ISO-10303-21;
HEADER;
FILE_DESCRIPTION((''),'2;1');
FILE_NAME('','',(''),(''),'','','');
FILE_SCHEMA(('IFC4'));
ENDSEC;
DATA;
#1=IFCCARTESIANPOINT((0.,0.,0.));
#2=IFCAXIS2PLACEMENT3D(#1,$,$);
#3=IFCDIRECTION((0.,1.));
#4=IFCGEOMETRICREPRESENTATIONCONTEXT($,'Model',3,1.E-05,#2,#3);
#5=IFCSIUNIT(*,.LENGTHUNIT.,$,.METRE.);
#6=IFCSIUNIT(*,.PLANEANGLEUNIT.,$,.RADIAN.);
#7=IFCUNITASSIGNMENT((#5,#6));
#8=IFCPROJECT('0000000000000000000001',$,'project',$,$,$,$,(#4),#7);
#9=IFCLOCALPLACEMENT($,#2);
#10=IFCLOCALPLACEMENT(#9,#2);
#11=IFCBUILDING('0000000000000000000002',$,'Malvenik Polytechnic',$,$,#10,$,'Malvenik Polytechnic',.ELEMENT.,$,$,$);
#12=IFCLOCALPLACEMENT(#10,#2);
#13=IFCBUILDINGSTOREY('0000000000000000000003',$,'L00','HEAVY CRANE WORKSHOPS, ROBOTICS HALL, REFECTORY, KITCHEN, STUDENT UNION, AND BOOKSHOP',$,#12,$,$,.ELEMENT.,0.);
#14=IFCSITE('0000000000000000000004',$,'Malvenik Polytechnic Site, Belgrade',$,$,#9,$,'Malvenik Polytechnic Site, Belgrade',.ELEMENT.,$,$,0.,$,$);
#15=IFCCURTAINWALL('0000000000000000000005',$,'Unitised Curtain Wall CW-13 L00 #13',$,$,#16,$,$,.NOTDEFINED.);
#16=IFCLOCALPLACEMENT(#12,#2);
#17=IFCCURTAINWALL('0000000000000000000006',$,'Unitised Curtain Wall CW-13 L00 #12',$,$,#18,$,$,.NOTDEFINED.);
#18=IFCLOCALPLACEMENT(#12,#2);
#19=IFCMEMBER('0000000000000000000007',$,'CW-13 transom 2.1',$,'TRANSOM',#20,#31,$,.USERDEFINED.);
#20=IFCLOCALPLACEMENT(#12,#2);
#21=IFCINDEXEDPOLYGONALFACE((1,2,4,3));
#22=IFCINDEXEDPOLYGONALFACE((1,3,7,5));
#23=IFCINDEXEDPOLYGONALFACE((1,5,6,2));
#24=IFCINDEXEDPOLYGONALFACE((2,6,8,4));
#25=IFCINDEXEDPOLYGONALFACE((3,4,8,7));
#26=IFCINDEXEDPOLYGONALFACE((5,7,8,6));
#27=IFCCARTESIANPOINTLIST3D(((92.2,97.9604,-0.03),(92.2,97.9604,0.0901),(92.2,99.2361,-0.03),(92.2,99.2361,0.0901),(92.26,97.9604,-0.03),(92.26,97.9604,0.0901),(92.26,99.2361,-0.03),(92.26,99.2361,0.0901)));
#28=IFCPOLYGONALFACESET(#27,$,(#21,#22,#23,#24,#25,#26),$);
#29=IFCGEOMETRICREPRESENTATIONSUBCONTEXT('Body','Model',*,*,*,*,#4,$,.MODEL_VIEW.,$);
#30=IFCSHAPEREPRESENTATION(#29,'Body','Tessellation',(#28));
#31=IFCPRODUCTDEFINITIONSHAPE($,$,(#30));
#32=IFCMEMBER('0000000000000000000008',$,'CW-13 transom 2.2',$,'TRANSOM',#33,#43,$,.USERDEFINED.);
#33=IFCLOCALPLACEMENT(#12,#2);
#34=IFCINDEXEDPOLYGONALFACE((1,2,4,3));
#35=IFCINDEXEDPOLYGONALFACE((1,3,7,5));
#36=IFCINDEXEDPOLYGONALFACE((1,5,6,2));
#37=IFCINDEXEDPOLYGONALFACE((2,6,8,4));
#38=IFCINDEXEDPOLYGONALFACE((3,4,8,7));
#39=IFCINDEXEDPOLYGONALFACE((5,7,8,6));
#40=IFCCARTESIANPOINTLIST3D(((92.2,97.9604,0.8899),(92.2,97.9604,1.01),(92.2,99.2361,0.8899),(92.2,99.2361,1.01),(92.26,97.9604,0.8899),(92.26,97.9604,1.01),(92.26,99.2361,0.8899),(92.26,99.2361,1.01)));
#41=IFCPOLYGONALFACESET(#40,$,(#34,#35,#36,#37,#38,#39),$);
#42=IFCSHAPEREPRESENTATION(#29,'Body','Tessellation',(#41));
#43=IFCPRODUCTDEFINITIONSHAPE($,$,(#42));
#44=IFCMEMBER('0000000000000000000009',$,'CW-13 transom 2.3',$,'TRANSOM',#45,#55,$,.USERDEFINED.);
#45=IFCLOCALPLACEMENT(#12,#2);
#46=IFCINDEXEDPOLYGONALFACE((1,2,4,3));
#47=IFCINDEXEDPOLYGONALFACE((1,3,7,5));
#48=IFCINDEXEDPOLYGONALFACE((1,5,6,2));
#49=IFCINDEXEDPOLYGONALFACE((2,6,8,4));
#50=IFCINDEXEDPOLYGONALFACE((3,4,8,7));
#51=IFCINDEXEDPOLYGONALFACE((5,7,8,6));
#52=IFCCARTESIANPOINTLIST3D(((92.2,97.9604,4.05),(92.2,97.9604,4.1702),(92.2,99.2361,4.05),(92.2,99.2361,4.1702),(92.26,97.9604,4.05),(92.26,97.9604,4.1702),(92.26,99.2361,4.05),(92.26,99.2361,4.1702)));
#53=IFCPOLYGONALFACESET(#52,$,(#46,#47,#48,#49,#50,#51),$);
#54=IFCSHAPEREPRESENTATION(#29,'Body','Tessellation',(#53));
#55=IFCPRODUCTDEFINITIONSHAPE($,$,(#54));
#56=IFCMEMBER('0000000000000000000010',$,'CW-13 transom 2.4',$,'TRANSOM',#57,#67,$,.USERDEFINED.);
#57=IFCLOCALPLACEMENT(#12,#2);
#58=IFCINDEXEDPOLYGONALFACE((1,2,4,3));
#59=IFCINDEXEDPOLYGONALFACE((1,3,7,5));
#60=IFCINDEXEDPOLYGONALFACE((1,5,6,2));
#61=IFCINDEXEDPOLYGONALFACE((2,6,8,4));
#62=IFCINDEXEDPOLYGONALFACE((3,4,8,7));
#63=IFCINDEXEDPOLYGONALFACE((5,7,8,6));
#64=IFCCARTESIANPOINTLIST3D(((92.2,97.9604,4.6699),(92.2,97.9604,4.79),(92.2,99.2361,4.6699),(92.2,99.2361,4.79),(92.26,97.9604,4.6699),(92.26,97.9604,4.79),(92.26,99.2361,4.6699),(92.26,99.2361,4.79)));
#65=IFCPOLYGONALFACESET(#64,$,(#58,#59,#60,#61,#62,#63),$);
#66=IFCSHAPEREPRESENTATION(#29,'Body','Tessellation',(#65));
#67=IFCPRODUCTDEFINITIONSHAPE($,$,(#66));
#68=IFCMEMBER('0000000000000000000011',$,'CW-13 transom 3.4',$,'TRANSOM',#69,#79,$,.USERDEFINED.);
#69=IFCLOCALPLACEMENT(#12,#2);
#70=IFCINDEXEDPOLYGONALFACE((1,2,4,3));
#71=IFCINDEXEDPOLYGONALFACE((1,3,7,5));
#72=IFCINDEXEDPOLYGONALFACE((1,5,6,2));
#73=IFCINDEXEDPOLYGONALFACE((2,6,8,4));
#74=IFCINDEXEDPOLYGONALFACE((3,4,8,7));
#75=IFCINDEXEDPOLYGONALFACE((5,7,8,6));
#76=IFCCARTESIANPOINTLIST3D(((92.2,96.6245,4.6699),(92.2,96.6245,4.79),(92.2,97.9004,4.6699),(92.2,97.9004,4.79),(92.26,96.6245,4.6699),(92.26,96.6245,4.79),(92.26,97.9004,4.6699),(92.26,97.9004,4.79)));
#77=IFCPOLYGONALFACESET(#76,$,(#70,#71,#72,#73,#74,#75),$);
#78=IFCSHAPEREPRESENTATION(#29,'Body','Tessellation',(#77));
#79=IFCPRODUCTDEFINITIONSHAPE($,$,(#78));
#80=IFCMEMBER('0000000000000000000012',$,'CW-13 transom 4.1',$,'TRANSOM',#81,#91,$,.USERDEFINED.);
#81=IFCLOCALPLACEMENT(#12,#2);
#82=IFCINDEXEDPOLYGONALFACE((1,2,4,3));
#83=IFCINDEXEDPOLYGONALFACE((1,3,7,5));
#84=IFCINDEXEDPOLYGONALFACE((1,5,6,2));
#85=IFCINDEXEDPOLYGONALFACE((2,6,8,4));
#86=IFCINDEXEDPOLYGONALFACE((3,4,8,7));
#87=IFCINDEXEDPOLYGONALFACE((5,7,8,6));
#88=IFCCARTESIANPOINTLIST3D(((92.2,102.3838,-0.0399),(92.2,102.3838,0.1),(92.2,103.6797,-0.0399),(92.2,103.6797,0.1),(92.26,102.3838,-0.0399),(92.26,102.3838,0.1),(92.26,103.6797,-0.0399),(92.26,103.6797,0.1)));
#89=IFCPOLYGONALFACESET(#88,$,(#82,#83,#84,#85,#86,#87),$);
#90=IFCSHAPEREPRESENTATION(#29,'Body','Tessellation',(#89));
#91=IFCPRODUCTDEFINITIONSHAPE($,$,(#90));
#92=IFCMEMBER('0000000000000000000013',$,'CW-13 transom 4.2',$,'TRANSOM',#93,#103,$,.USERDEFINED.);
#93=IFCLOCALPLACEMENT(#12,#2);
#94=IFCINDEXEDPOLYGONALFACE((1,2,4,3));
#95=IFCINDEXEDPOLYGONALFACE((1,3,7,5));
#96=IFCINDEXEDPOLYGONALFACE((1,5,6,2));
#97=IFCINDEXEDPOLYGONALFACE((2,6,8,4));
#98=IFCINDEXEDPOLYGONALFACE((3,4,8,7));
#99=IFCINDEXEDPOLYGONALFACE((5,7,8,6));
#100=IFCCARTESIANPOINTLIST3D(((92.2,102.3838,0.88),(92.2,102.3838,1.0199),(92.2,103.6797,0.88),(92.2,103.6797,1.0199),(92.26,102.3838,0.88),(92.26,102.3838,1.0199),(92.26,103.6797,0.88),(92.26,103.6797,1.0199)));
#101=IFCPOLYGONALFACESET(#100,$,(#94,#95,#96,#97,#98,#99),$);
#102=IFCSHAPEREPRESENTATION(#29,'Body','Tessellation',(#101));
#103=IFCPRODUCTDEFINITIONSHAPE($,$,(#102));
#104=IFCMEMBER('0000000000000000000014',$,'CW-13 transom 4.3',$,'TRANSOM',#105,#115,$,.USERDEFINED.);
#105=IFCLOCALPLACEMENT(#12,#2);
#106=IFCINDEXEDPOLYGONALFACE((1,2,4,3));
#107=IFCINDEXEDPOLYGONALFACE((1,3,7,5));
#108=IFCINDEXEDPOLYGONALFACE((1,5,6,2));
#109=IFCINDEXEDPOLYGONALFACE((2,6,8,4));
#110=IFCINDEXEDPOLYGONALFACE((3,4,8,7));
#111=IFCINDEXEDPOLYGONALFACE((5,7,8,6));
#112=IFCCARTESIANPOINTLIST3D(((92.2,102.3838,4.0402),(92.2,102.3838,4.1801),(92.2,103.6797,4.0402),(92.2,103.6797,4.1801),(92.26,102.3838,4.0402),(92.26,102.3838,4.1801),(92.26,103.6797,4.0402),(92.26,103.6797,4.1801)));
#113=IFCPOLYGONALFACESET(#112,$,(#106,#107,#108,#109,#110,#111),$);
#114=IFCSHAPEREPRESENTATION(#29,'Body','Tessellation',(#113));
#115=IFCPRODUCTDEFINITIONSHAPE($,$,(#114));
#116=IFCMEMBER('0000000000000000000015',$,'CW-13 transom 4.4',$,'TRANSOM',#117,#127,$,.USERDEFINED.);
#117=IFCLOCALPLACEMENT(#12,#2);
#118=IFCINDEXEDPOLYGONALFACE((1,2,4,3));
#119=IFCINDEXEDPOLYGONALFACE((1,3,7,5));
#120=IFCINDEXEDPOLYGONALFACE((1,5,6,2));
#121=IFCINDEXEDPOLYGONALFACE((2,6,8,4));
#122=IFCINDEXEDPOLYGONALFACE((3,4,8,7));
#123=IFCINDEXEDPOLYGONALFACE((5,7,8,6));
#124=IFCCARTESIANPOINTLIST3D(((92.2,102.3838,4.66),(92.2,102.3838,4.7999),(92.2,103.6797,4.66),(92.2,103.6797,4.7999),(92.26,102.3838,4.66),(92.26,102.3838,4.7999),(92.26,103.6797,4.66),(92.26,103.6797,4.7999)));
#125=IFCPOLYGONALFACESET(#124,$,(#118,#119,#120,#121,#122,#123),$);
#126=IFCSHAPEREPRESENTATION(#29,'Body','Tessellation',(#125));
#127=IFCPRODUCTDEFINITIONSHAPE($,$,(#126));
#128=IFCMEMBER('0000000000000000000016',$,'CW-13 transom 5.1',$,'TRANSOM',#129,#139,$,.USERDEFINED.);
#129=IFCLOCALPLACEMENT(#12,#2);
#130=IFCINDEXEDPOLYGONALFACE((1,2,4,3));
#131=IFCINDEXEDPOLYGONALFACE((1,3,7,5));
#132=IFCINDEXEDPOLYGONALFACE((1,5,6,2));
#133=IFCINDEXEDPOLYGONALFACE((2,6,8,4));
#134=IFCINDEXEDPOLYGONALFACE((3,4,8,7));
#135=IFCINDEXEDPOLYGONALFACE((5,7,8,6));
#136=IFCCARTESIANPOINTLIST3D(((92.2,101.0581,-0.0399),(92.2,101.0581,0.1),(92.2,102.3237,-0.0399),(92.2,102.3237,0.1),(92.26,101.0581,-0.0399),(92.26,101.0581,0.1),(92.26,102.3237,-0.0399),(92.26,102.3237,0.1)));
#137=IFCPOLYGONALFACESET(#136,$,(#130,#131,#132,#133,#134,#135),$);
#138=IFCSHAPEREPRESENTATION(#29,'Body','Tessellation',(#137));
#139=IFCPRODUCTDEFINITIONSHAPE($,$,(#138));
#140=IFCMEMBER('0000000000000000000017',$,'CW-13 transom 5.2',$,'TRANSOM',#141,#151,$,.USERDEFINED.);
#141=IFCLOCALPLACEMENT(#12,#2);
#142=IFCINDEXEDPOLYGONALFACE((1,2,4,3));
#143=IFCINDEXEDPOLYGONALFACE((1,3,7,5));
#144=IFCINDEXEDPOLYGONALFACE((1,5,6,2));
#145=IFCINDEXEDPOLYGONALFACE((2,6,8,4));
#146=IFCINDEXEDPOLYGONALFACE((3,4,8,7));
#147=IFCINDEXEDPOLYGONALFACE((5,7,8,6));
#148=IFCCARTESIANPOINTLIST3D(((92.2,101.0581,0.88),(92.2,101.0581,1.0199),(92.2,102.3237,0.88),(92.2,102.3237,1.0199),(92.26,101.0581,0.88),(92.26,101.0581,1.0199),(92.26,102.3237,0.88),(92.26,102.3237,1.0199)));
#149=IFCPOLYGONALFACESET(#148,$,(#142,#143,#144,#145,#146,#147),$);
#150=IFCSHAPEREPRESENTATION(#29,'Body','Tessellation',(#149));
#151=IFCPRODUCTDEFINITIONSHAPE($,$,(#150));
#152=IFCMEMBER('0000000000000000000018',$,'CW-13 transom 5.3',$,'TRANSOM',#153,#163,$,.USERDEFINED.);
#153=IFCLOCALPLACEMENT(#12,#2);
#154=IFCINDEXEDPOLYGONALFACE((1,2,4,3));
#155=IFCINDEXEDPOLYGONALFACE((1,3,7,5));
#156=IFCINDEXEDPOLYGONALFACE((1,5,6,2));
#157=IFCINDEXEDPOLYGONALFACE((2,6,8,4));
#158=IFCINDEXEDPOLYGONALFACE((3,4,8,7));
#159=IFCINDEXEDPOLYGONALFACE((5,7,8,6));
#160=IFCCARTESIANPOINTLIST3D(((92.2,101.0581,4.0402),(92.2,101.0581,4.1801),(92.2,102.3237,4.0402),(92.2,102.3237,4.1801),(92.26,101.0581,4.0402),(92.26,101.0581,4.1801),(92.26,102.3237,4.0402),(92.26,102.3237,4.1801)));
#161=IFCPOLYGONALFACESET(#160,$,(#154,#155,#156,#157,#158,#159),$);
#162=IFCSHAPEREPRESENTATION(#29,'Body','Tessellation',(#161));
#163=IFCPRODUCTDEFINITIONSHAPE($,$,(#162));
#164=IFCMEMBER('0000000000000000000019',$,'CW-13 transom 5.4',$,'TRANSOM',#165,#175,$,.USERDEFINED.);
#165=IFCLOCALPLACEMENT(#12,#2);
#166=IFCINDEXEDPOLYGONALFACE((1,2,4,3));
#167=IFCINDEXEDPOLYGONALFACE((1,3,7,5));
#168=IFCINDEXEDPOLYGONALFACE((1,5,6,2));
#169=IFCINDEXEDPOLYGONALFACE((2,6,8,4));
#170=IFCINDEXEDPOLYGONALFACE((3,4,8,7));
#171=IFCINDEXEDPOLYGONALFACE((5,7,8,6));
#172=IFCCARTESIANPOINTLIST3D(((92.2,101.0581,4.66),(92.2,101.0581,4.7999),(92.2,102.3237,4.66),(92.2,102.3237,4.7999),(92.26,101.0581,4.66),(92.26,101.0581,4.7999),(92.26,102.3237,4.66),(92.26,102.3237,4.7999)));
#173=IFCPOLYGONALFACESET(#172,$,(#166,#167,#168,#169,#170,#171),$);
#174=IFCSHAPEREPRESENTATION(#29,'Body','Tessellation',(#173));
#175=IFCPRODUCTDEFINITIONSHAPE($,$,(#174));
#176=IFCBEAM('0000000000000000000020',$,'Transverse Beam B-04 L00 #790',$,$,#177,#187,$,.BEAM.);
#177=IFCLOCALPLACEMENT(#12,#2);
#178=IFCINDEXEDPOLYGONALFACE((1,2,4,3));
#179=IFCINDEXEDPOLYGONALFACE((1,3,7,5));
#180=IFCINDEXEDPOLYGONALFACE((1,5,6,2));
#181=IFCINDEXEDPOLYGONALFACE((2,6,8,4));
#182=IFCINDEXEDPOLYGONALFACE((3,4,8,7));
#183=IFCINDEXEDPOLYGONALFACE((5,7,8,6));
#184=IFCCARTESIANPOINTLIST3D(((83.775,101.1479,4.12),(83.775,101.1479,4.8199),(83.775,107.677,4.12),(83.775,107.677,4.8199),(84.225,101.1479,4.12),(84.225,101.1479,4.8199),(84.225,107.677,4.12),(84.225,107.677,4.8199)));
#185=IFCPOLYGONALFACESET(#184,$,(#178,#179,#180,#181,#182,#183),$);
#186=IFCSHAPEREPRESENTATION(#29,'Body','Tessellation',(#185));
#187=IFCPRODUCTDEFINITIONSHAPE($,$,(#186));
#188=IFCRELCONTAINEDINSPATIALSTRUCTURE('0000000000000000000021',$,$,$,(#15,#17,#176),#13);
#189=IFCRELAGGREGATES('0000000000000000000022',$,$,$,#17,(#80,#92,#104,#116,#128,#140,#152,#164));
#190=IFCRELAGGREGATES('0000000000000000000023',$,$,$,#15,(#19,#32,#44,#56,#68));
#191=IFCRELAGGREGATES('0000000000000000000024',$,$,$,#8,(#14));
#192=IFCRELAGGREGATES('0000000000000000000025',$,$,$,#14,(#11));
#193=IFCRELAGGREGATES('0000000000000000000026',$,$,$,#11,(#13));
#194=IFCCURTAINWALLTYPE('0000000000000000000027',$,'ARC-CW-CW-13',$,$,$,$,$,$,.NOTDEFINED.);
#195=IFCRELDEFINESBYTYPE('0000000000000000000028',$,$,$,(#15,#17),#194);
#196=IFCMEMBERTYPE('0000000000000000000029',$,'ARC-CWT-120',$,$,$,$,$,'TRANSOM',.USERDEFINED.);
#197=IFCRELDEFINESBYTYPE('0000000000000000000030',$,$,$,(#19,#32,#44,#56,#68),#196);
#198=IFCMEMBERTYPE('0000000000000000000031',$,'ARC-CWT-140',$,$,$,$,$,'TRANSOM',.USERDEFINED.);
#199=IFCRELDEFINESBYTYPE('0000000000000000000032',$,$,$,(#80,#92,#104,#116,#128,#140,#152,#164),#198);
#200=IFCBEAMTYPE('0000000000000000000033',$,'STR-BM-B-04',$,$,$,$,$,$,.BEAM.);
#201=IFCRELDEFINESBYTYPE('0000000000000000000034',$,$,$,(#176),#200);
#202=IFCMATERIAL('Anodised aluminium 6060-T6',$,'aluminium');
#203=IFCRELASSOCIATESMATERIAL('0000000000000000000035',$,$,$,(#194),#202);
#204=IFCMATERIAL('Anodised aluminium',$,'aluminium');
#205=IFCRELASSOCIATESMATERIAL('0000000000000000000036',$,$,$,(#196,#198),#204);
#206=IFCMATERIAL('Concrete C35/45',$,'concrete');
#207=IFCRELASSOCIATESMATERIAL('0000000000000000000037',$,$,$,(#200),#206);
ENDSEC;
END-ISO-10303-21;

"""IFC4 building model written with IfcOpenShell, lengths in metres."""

from ifc_helpers import new_model, si_unit, direction, frame, origin, origin_2d, place, context, subcontext, project, spatial, rectangle, extrude, material, material_profile, profile_set, type_object, element, aggregate, save


model = new_model("IFC4")

# Units and contexts
model_context = context("Model", 3, precision=1e-05, world=origin(), true_north=direction((0.0, 1.0)))
body_context = subcontext(model_context, "Body", "Model", "MODEL_VIEW")
ifc_project = project(units=[si_unit("LENGTHUNIT", "METRE"), si_unit("PLANEANGLEUNIT", "RADIAN")], contexts=[model_context])

# Site, building, storey
site_placement = place(None, origin())
site = spatial("IfcSite", under=ifc_project, at=site_placement, Name="Malvenik Polytechnic Site, Belgrade", LongName="Malvenik Polytechnic Site, Belgrade", CompositionType="ELEMENT", RefElevation=0.0)
building_placement = place(site_placement, origin())
building = spatial("IfcBuilding", under=site, at=building_placement, Name="Malvenik Polytechnic", LongName="Malvenik Polytechnic", CompositionType="ELEMENT")
storey_placement = place(building_placement, origin())
storey = spatial("IfcBuildingStorey", under=building, at=storey_placement, Name="L00", Description="HEAVY CRANE WORKSHOPS, ROBOTICS HALL, REFECTORY, KITCHEN, STUDENT UNION, AND BOOKSHOP", CompositionType="ELEMENT", Elevation=0.0)

# Curtain walls
ifc_material_1 = material(Name="Anodised aluminium 6060-T6", Category="aluminium")
curtain_wall_type = type_object("IfcCurtainWallType", Name="ARC-CW-CW-13", PredefinedType="NOTDEFINED", material=ifc_material_1)
curtain_wall_1_placement = place(storey_placement, origin())
curtain_wall_1 = element("IfcCurtainWall", 1, at=curtain_wall_1_placement, inside=storey, type_object=curtain_wall_type, Name="Unitised Curtain Wall CW-13 L00 #13", PredefinedType="NOTDEFINED")
ifc_material_2 = material(Name="Anodised aluminium", Category="aluminium")
curtain_wall_2_placement = place(storey_placement, origin())
curtain_wall_2 = element("IfcCurtainWall", 2, at=curtain_wall_2_placement, inside=storey, type_object=curtain_wall_type, Name="Unitised Curtain Wall CW-13 L00 #12", PredefinedType="NOTDEFINED")

# Members
ifc_material_profile_1 = material_profile(ifc_material_2, rectangle(XDim=0.0601, YDim=0.1201, at=origin_2d()), Name="ALU TRANSOM 60x120")
ifc_profile_set_1 = profile_set([ifc_material_profile_1], Name="Anodised aluminium")
member_type_1 = type_object("IfcMemberType", Name="ARC-CWT-120", ElementType="TRANSOM", PredefinedType="USERDEFINED", material=ifc_profile_set_1)
member_1_placement = place(storey_placement, frame((92.23, 99.2361, 0.03), z_axis=(0.0, -1.0, 0.0), x_axis=(1.0, 0.0, 0.0)))
member_1 = element("IfcMember", 3, at=member_1_placement, type_object=member_type_1, Name="CW-13 transom 2.1", ObjectType="TRANSOM", PredefinedType="USERDEFINED", context=body_context, shape_type="SweptSolid", body=[
    extrude(rectangle(XDim=0.0601, YDim=0.1201, at=origin_2d()), origin(), (0.0, 0.0, 1.0), 1.2756),
])
member_2_placement = place(storey_placement, frame((92.23, 99.2361, 0.95), z_axis=(0.0, -1.0, 0.0), x_axis=(1.0, 0.0, 0.0)))
member_2 = element("IfcMember", 4, at=member_2_placement, type_object=member_type_1, Name="CW-13 transom 2.2", ObjectType="TRANSOM", PredefinedType="USERDEFINED", context=body_context, shape_type="SweptSolid", body=[
    extrude(rectangle(XDim=0.0601, YDim=0.1201, at=origin_2d()), origin(), (0.0, 0.0, 1.0), 1.2756),
])
member_3_placement = place(storey_placement, frame((92.23, 99.2361, 4.1101), z_axis=(0.0, -1.0, 0.0), x_axis=(1.0, 0.0, 0.0)))
member_3 = element("IfcMember", 5, at=member_3_placement, type_object=member_type_1, Name="CW-13 transom 2.3", ObjectType="TRANSOM", PredefinedType="USERDEFINED", context=body_context, shape_type="SweptSolid", body=[
    extrude(rectangle(XDim=0.0601, YDim=0.1201, at=origin_2d()), origin(), (0.0, 0.0, 1.0), 1.2756),
])
member_4_placement = place(storey_placement, frame((92.23, 99.2361, 4.73), z_axis=(0.0, -1.0, 0.0), x_axis=(1.0, 0.0, 0.0)))
member_4 = element("IfcMember", 6, at=member_4_placement, type_object=member_type_1, Name="CW-13 transom 2.4", ObjectType="TRANSOM", PredefinedType="USERDEFINED", context=body_context, shape_type="SweptSolid", body=[
    extrude(rectangle(XDim=0.0601, YDim=0.1201, at=origin_2d()), origin(), (0.0, 0.0, 1.0), 1.2756),
])
member_5_placement = place(storey_placement, frame((92.23, 97.9004, 4.73), z_axis=(0.0, -1.0, 0.0), x_axis=(1.0, 0.0, 0.0)))
member_5 = element("IfcMember", 7, at=member_5_placement, type_object=member_type_1, Name="CW-13 transom 3.4", ObjectType="TRANSOM", PredefinedType="USERDEFINED", context=body_context, shape_type="SweptSolid", body=[
    extrude(rectangle(XDim=0.0601, YDim=0.1201, at=origin_2d()), origin(), (0.0, 0.0, 1.0), 1.2759),
])
ifc_material_profile_2 = material_profile(ifc_material_2, rectangle(XDim=0.0601, YDim=0.1399, at=origin_2d()), Name="ALU TRANSOM 60x140")
ifc_profile_set_2 = profile_set([ifc_material_profile_2], Name="Anodised aluminium")
member_type_2 = type_object("IfcMemberType", Name="ARC-CWT-140", ElementType="TRANSOM", PredefinedType="USERDEFINED", material=ifc_profile_set_2)
member_6_placement = place(storey_placement, frame((92.23, 103.6797, 0.03), z_axis=(0.0, -1.0, 0.0), x_axis=(1.0, 0.0, 0.0)))
member_6 = element("IfcMember", 8, at=member_6_placement, type_object=member_type_2, Name="CW-13 transom 4.1", ObjectType="TRANSOM", PredefinedType="USERDEFINED", context=body_context, shape_type="SweptSolid", body=[
    extrude(rectangle(XDim=0.0601, YDim=0.1399, at=origin_2d()), origin(), (0.0, 0.0, 1.0), 1.2959),
])
member_7_placement = place(storey_placement, frame((92.23, 103.6797, 0.95), z_axis=(0.0, -1.0, 0.0), x_axis=(1.0, 0.0, 0.0)))
member_7 = element("IfcMember", 9, at=member_7_placement, type_object=member_type_2, Name="CW-13 transom 4.2", ObjectType="TRANSOM", PredefinedType="USERDEFINED", context=body_context, shape_type="SweptSolid", body=[
    extrude(rectangle(XDim=0.0601, YDim=0.1399, at=origin_2d()), origin(), (0.0, 0.0, 1.0), 1.2959),
])
member_8_placement = place(storey_placement, frame((92.23, 103.6797, 4.1101), z_axis=(0.0, -1.0, 0.0), x_axis=(1.0, 0.0, 0.0)))
member_8 = element("IfcMember", 10, at=member_8_placement, type_object=member_type_2, Name="CW-13 transom 4.3", ObjectType="TRANSOM", PredefinedType="USERDEFINED", context=body_context, shape_type="SweptSolid", body=[
    extrude(rectangle(XDim=0.0601, YDim=0.1399, at=origin_2d()), origin(), (0.0, 0.0, 1.0), 1.2959),
])
member_9_placement = place(storey_placement, frame((92.23, 103.6797, 4.73), z_axis=(0.0, -1.0, 0.0), x_axis=(1.0, 0.0, 0.0)))
member_9 = element("IfcMember", 11, at=member_9_placement, type_object=member_type_2, Name="CW-13 transom 4.4", ObjectType="TRANSOM", PredefinedType="USERDEFINED", context=body_context, shape_type="SweptSolid", body=[
    extrude(rectangle(XDim=0.0601, YDim=0.1399, at=origin_2d()), origin(), (0.0, 0.0, 1.0), 1.2959),
])
member_10_placement = place(storey_placement, frame((92.23, 102.3237, 0.03), z_axis=(0.0, -1.0, 0.0), x_axis=(1.0, 0.0, 0.0)))
member_10 = element("IfcMember", 12, at=member_10_placement, type_object=member_type_2, Name="CW-13 transom 5.1", ObjectType="TRANSOM", PredefinedType="USERDEFINED", context=body_context, shape_type="SweptSolid", body=[
    extrude(rectangle(XDim=0.0601, YDim=0.1399, at=origin_2d()), origin(), (0.0, 0.0, 1.0), 1.2656),
])
member_11_placement = place(storey_placement, frame((92.23, 102.3237, 0.95), z_axis=(0.0, -1.0, 0.0), x_axis=(1.0, 0.0, 0.0)))
member_11 = element("IfcMember", 13, at=member_11_placement, type_object=member_type_2, Name="CW-13 transom 5.2", ObjectType="TRANSOM", PredefinedType="USERDEFINED", context=body_context, shape_type="SweptSolid", body=[
    extrude(rectangle(XDim=0.0601, YDim=0.1399, at=origin_2d()), origin(), (0.0, 0.0, 1.0), 1.2656),
])
member_12_placement = place(storey_placement, frame((92.23, 102.3237, 4.1101), z_axis=(0.0, -1.0, 0.0), x_axis=(1.0, 0.0, 0.0)))
member_12 = element("IfcMember", 14, at=member_12_placement, type_object=member_type_2, Name="CW-13 transom 5.3", ObjectType="TRANSOM", PredefinedType="USERDEFINED", context=body_context, shape_type="SweptSolid", body=[
    extrude(rectangle(XDim=0.0601, YDim=0.1399, at=origin_2d()), origin(), (0.0, 0.0, 1.0), 1.2656),
])
member_13_placement = place(storey_placement, frame((92.23, 102.3237, 4.73), z_axis=(0.0, -1.0, 0.0), x_axis=(1.0, 0.0, 0.0)))
member_13 = element("IfcMember", 15, at=member_13_placement, type_object=member_type_2, Name="CW-13 transom 5.4", ObjectType="TRANSOM", PredefinedType="USERDEFINED", context=body_context, shape_type="SweptSolid", body=[
    extrude(rectangle(XDim=0.0601, YDim=0.1399, at=origin_2d()), origin(), (0.0, 0.0, 1.0), 1.2656),
])

# Beam
ifc_material_3 = material(Name="Concrete C35/45", Category="concrete")
ifc_material_profile_3 = material_profile(ifc_material_3, rectangle(XDim=0.45, YDim=0.7, at=origin_2d()), Name="RC BM 450x700")
ifc_profile_set_3 = profile_set([ifc_material_profile_3], Name="Concrete C35/45")
beam_type = type_object("IfcBeamType", Name="STR-BM-B-04", PredefinedType="BEAM", material=ifc_profile_set_3)
beam_placement = place(storey_placement, frame((84.0, 101.1479, 4.47), z_axis=(0.0, 1.0, 0.0), x_axis=(-1.0, 0.0, 0.0)))
element("IfcBeam", 16, at=beam_placement, inside=storey, type_object=beam_type, Name="Transverse Beam B-04 L00 #790", PredefinedType="BEAM", context=body_context, shape_type="SweptSolid", body=[
    extrude(rectangle(XDim=0.45, YDim=0.7, at=origin_2d()), origin(), (0.0, 0.0, 1.0), 6.5291),
])

aggregate(curtain_wall_2, [member_6, member_7, member_8, member_9, member_10, member_11, member_12, member_13])
aggregate(curtain_wall_1, [member_1, member_2, member_3, member_4, member_5])

save(model, "model.ifc")
